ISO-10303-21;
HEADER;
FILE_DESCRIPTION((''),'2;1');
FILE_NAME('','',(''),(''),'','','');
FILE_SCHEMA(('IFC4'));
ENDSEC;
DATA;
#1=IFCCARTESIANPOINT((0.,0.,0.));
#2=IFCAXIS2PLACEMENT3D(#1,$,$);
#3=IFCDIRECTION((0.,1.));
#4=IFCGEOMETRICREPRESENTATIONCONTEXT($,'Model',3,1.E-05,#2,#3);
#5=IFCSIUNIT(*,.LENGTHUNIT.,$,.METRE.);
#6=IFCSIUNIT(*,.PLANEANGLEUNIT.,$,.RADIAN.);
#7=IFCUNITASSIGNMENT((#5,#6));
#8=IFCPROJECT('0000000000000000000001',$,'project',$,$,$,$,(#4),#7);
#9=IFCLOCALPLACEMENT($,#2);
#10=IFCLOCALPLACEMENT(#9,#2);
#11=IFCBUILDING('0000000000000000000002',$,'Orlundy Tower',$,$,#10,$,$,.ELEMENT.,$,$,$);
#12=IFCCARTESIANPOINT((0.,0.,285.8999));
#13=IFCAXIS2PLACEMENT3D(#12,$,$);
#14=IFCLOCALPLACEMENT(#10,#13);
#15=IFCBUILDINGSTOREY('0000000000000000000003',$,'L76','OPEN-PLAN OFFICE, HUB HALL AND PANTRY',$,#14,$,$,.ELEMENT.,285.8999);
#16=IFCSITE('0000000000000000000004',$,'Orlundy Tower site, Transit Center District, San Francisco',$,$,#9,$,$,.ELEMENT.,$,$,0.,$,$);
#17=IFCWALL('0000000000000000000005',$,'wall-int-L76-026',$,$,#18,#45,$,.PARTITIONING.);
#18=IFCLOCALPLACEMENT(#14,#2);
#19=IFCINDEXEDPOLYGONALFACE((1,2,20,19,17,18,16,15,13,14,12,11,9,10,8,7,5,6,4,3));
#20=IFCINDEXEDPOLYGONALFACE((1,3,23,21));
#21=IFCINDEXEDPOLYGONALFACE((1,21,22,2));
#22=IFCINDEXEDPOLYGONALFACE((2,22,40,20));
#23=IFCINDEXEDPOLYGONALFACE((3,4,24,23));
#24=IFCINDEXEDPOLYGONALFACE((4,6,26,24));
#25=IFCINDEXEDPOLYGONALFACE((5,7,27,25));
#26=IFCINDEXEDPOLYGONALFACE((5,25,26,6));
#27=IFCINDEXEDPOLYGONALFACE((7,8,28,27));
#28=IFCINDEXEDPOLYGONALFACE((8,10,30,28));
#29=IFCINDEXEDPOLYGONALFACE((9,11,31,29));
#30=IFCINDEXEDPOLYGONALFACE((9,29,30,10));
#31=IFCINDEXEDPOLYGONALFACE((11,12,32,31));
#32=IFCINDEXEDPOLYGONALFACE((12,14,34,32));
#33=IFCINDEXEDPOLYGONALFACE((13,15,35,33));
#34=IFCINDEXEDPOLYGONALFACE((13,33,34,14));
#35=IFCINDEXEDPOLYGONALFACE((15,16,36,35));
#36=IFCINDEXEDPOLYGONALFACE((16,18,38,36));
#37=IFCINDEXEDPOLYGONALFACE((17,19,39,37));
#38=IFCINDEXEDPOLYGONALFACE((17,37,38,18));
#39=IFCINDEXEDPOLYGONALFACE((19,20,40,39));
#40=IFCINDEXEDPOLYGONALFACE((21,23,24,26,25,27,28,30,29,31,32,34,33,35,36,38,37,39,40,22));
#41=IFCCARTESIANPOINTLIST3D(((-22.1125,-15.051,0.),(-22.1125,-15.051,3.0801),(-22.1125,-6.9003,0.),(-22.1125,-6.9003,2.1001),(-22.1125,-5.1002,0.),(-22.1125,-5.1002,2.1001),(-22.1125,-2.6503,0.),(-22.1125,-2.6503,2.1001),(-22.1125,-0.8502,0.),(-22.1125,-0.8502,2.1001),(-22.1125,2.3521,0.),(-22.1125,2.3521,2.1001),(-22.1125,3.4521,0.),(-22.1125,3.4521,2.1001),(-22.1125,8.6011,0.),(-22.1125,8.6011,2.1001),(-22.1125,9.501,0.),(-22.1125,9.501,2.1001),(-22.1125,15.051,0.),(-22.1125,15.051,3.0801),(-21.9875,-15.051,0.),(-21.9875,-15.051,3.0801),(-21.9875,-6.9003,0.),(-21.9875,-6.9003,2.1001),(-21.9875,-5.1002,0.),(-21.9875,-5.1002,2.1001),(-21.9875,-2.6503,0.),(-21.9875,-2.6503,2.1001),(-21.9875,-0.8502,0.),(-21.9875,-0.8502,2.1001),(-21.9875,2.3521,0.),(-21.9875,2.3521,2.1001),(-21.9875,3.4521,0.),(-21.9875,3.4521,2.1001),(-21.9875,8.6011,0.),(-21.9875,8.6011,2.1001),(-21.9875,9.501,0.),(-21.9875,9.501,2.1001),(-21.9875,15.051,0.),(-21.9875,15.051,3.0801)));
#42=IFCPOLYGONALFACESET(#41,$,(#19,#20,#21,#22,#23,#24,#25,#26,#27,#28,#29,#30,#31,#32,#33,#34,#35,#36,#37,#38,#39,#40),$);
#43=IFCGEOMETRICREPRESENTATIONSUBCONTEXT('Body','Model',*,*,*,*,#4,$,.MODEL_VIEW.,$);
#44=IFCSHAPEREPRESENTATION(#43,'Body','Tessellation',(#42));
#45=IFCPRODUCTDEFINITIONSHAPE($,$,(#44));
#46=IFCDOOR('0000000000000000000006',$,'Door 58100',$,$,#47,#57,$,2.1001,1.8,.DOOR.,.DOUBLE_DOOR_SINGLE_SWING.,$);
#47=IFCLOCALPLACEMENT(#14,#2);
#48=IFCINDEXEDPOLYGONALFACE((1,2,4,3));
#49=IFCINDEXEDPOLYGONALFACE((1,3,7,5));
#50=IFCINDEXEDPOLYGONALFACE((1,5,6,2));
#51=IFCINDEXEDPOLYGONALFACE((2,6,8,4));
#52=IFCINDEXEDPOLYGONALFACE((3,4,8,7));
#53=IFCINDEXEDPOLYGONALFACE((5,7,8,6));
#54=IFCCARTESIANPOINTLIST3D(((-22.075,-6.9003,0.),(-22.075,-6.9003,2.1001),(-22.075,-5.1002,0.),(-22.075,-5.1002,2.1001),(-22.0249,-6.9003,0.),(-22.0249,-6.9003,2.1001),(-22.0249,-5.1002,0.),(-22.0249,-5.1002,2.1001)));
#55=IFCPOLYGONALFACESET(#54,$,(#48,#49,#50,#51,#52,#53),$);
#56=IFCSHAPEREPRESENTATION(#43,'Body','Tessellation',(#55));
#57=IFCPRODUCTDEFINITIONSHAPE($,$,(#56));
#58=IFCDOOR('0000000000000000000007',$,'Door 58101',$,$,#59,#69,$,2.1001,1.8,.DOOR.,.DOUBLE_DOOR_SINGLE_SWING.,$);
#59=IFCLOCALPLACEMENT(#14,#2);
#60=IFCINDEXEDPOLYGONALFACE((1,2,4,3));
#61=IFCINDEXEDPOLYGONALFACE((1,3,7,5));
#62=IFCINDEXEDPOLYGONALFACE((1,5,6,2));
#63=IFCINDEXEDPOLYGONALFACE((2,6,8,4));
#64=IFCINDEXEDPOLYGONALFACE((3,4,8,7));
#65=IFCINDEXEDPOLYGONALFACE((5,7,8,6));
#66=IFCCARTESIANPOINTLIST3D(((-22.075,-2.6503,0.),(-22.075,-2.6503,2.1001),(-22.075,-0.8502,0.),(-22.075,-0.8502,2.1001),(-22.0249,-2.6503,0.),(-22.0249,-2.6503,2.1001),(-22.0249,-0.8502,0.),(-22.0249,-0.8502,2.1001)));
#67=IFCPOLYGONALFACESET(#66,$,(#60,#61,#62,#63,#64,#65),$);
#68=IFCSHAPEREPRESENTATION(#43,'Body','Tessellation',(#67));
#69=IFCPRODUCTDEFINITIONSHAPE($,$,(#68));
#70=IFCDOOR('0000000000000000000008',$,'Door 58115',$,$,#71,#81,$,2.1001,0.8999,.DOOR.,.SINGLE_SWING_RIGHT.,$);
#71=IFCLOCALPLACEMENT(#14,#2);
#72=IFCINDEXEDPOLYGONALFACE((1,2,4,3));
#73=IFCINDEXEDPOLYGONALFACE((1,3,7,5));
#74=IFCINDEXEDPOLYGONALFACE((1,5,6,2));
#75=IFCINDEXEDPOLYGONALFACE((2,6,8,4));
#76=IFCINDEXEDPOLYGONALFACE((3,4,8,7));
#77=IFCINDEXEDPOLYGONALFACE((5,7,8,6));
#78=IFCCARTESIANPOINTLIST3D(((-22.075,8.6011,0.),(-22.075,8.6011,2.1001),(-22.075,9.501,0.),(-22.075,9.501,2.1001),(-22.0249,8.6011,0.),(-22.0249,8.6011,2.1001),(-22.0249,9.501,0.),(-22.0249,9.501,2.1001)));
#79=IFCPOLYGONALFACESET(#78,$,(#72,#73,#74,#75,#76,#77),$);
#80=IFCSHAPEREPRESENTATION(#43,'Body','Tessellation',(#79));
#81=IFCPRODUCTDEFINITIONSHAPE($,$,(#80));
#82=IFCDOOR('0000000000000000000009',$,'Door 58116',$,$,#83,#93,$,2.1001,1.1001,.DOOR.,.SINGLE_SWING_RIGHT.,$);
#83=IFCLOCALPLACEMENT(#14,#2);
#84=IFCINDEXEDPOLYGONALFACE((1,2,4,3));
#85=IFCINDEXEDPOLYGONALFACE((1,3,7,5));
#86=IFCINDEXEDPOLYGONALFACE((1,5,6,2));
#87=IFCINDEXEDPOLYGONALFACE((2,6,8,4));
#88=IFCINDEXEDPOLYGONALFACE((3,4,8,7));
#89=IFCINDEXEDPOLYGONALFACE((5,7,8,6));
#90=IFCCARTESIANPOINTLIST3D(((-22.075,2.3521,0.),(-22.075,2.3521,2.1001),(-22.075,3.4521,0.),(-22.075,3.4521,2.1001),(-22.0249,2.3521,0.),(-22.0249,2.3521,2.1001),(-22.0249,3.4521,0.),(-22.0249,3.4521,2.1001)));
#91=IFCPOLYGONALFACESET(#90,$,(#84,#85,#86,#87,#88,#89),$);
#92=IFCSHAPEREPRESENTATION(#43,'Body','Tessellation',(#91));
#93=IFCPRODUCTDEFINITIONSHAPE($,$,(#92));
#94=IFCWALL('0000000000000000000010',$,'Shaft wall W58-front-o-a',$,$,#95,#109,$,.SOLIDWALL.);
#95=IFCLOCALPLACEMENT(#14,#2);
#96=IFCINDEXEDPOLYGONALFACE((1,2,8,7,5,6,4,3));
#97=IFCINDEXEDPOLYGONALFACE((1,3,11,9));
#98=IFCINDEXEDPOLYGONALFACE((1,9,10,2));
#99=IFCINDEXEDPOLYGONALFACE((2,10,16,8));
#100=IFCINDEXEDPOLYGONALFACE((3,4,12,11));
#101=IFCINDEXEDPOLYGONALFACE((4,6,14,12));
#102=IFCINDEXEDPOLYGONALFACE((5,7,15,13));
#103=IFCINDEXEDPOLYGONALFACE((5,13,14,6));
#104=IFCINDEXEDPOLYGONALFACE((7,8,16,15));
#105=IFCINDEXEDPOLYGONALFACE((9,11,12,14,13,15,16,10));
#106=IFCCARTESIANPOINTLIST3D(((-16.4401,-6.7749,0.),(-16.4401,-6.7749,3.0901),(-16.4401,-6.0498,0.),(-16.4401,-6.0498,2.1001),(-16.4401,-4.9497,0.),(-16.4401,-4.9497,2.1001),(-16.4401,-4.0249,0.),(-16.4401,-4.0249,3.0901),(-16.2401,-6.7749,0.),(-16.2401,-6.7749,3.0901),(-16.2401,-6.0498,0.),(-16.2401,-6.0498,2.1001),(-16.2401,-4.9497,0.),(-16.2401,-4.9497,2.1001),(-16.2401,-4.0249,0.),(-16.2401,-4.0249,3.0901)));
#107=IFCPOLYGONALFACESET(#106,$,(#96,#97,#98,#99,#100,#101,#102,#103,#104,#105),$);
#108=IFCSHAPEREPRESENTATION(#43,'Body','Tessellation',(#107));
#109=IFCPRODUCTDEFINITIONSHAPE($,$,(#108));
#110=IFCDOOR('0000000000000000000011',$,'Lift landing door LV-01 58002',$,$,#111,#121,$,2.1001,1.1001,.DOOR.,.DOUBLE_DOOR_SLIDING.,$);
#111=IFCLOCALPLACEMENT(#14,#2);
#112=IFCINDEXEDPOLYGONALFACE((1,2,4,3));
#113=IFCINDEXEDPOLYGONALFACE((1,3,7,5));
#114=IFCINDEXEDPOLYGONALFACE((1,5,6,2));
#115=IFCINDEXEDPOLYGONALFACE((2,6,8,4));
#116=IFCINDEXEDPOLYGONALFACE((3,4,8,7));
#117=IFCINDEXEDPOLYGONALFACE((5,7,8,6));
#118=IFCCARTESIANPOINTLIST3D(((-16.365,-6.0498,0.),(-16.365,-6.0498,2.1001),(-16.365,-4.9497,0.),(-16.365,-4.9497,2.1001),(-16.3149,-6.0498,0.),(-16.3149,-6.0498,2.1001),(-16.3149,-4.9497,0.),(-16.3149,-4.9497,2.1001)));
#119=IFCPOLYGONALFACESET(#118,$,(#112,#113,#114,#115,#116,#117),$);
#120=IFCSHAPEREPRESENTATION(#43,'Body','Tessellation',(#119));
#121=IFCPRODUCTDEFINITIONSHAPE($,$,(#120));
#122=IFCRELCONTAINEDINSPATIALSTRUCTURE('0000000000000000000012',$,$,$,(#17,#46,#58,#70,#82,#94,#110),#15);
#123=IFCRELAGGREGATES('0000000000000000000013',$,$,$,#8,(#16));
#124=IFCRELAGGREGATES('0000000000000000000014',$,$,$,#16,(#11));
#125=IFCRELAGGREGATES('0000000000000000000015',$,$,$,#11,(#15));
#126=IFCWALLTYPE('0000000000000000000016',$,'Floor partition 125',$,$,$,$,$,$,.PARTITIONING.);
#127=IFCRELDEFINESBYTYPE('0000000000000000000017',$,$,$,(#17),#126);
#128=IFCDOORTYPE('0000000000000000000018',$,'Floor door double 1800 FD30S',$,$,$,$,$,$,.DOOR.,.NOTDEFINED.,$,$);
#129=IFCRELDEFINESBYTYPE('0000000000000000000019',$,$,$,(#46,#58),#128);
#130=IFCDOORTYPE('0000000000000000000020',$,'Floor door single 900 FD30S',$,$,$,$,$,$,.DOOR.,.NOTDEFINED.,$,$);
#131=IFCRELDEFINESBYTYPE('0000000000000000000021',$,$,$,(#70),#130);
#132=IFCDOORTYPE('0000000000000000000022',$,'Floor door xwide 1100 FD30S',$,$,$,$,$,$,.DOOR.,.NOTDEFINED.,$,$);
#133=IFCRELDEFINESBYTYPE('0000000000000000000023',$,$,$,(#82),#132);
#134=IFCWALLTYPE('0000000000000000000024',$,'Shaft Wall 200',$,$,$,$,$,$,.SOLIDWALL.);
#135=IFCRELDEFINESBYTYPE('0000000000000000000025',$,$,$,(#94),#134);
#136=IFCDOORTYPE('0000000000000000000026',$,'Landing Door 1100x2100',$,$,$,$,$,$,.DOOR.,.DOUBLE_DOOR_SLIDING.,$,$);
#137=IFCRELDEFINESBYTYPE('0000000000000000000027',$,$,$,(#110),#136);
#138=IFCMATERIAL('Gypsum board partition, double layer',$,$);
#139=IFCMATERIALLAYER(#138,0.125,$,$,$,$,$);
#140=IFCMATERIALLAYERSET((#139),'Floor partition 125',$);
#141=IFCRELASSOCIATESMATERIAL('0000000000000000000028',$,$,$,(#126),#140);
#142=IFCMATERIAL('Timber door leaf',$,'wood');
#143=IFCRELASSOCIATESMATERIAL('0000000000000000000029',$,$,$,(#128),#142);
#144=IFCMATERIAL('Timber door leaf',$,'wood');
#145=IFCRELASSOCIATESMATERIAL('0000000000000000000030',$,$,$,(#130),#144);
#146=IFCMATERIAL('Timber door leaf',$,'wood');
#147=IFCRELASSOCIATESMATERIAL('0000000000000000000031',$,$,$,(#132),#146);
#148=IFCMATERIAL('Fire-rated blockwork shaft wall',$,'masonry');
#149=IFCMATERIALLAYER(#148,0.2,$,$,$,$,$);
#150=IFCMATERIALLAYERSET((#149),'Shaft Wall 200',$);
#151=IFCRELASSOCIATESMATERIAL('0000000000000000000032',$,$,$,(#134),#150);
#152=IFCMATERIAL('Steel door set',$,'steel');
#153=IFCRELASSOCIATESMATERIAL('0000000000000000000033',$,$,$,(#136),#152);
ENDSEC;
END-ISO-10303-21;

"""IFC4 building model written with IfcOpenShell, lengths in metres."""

from ifc_helpers import new_model, si_unit, direction, frame, frame_2d, origin, place, context, subcontext, project, spatial, rectangle, extrude, material, layer, layer_set, type_object, element, fill, save


model = new_model("IFC4")

# Units and contexts
model_context = context("Model", 3, precision=1e-05, world=origin(), true_north=direction((0.0, 1.0)))
body_context = subcontext(model_context, "Body", "Model", "MODEL_VIEW")
ifc_project = project(units=[si_unit("LENGTHUNIT", "METRE"), si_unit("PLANEANGLEUNIT", "RADIAN")], contexts=[model_context])

# Site, building, storey
site_placement = place(None, origin())
site = spatial("IfcSite", under=ifc_project, at=site_placement, Name="Orlundy Tower site, Transit Center District, San Francisco", CompositionType="ELEMENT", RefElevation=0.0)
building_placement = place(site_placement, origin())
building = spatial("IfcBuilding", under=site, at=building_placement, Name="Orlundy Tower", CompositionType="ELEMENT")
storey_placement = place(building_placement, frame((0.0, 0.0, 285.8999)))
storey = spatial("IfcBuildingStorey", under=building, at=storey_placement, Name="L76", Description="OPEN-PLAN OFFICE, HUB HALL AND PANTRY", CompositionType="ELEMENT", Elevation=285.8999)

# Wall, openings, doors
ifc_material_1 = material(Name="Gypsum board partition, double layer")
ifc_layer_1 = layer(ifc_material_1, 0.125)
ifc_layer_set_1 = layer_set([ifc_layer_1], Name="Floor partition 125")
wall_type_1 = type_object("IfcWallType", Name="Floor partition 125", PredefinedType="PARTITIONING", material=ifc_layer_set_1)
wall_1_placement = place(storey_placement, frame((-22.05, -15.051, 0.0), z_axis=(0.0, 0.0, 1.0), x_axis=(0.0, 1.0, 0.0)))
wall_1 = element("IfcWall", 1, at=wall_1_placement, inside=storey, type_object=wall_type_1, Name="wall-int-L76-026", PredefinedType="PARTITIONING", context=body_context, shape_type="SweptSolid", body=[
    extrude(rectangle(XDim=30.1021, YDim=0.125, at=frame_2d((15.051, 0.0))), origin(), (0.0, 0.0, 1.0), 3.0801),
])
opening_1_placement = place(wall_1_placement, frame((8.1509, 0.0, 0.0)))
opening_1 = element("IfcOpeningElement", 2, at=opening_1_placement, cuts=wall_1, PredefinedType="OPENING", context=body_context, shape_type="SweptSolid", body=[
    extrude(rectangle(XDim=1.8, YDim=2.1001, at=frame_2d((0.8999, 1.05))), frame((0.0, 0.0725, 0.0), z_axis=(0.0, -1.0, 0.0), x_axis=(1.0, 0.0, 0.0)), (0.0, 0.0, 1.0), 0.145),
])
opening_2_placement = place(wall_1_placement, frame((12.4009, 0.0, 0.0)))
opening_2 = element("IfcOpeningElement", 3, at=opening_2_placement, cuts=wall_1, PredefinedType="OPENING", context=body_context, shape_type="SweptSolid", body=[
    extrude(rectangle(XDim=1.8, YDim=2.1001, at=frame_2d((0.8999, 1.05))), frame((0.0, 0.0725, 0.0), z_axis=(0.0, -1.0, 0.0), x_axis=(1.0, 0.0, 0.0)), (0.0, 0.0, 1.0), 0.145),
])
opening_3_placement = place(wall_1_placement, frame((23.6521, 0.0, 0.0)))
opening_3 = element("IfcOpeningElement", 4, at=opening_3_placement, cuts=wall_1, PredefinedType="OPENING", context=body_context, shape_type="SweptSolid", body=[
    extrude(rectangle(XDim=0.8999, YDim=2.1001, at=frame_2d((0.45, 1.05))), frame((0.0, 0.0725, 0.0), z_axis=(0.0, -1.0, 0.0), x_axis=(1.0, 0.0, 0.0)), (0.0, 0.0, 1.0), 0.145),
])
opening_4_placement = place(wall_1_placement, frame((17.4031, 0.0, 0.0)))
opening_4 = element("IfcOpeningElement", 5, at=opening_4_placement, cuts=wall_1, PredefinedType="OPENING", context=body_context, shape_type="SweptSolid", body=[
    extrude(rectangle(XDim=1.1001, YDim=2.1001, at=frame_2d((0.55, 1.05))), frame((0.0, 0.0725, 0.0), z_axis=(0.0, -1.0, 0.0), x_axis=(1.0, 0.0, 0.0)), (0.0, 0.0, 1.0), 0.145),
])
ifc_material_2 = material(Name="Timber door leaf", Category="wood")
door_type_1 = type_object("IfcDoorType", Name="Floor door double 1800 FD30S", OperationType="NOTDEFINED", PredefinedType="DOOR", material=ifc_material_2)
door_1_placement = place(opening_1_placement, origin())
door_1 = element("IfcDoor", 6, at=door_1_placement, inside=storey, type_object=door_type_1, Name="Door 58100", OperationType="DOUBLE_DOOR_SINGLE_SWING", OverallHeight=2.1001, OverallWidth=1.8, PredefinedType="DOOR", context=body_context, shape_type="SweptSolid", body=[
    extrude(rectangle(XDim=1.8, YDim=2.1001, at=frame_2d((0.8999, 1.05))), frame((0.0, 0.0249, 0.0), z_axis=(0.0, -1.0, 0.0), x_axis=(1.0, 0.0, 0.0)), (0.0, 0.0, 1.0), 0.05),
])
fill(opening_1, door_1)
door_2_placement = place(opening_2_placement, origin())
door_2 = element("IfcDoor", 7, at=door_2_placement, inside=storey, type_object=door_type_1, Name="Door 58101", OperationType="DOUBLE_DOOR_SINGLE_SWING", OverallHeight=2.1001, OverallWidth=1.8, PredefinedType="DOOR", context=body_context, shape_type="SweptSolid", body=[
    extrude(rectangle(XDim=1.8, YDim=2.1001, at=frame_2d((0.8999, 1.05))), frame((0.0, 0.0249, 0.0), z_axis=(0.0, -1.0, 0.0), x_axis=(1.0, 0.0, 0.0)), (0.0, 0.0, 1.0), 0.05),
])
fill(opening_2, door_2)
ifc_material_3 = material(Name="Timber door leaf", Category="wood")
door_type_2 = type_object("IfcDoorType", Name="Floor door single 900 FD30S", OperationType="NOTDEFINED", PredefinedType="DOOR", material=ifc_material_3)
door_3_placement = place(opening_3_placement, origin())
door_3 = element("IfcDoor", 8, at=door_3_placement, inside=storey, type_object=door_type_2, Name="Door 58115", OperationType="SINGLE_SWING_RIGHT", OverallHeight=2.1001, OverallWidth=0.8999, PredefinedType="DOOR", context=body_context, shape_type="SweptSolid", body=[
    extrude(rectangle(XDim=0.8999, YDim=2.1001, at=frame_2d((0.45, 1.05))), frame((0.0, 0.0249, 0.0), z_axis=(0.0, -1.0, 0.0), x_axis=(1.0, 0.0, 0.0)), (0.0, 0.0, 1.0), 0.05),
])
fill(opening_3, door_3)
ifc_material_4 = material(Name="Timber door leaf", Category="wood")
door_type_3 = type_object("IfcDoorType", Name="Floor door xwide 1100 FD30S", OperationType="NOTDEFINED", PredefinedType="DOOR", material=ifc_material_4)
door_4_placement = place(opening_4_placement, origin())
door_4 = element("IfcDoor", 9, at=door_4_placement, inside=storey, type_object=door_type_3, Name="Door 58116", OperationType="SINGLE_SWING_RIGHT", OverallHeight=2.1001, OverallWidth=1.1001, PredefinedType="DOOR", context=body_context, shape_type="SweptSolid", body=[
    extrude(rectangle(XDim=1.1001, YDim=2.1001, at=frame_2d((0.55, 1.05))), frame((0.0, 0.0249, 0.0), z_axis=(0.0, -1.0, 0.0), x_axis=(1.0, 0.0, 0.0)), (0.0, 0.0, 1.0), 0.05),
])
fill(opening_4, door_4)

# Wall, opening, door
ifc_material_5 = material(Name="Fire-rated blockwork shaft wall", Category="masonry")
ifc_layer_2 = layer(ifc_material_5, 0.2)
ifc_layer_set_2 = layer_set([ifc_layer_2], Name="Shaft Wall 200")
wall_type_2 = type_object("IfcWallType", Name="Shaft Wall 200", PredefinedType="SOLIDWALL", material=ifc_layer_set_2)
wall_2_placement = place(storey_placement, frame((-16.3401, -6.7749, 0.0), z_axis=(0.0, 0.0, 1.0), x_axis=(0.0, 1.0, 0.0)))
wall_2 = element("IfcWall", 10, at=wall_2_placement, inside=storey, type_object=wall_type_2, Name="Shaft wall W58-front-o-a", PredefinedType="SOLIDWALL", context=body_context, shape_type="SweptSolid", body=[
    extrude(rectangle(XDim=2.75, YDim=0.2, at=frame_2d((1.375, 0.0))), origin(), (0.0, 0.0, 1.0), 3.0901),
])
opening_5_placement = place(wall_2_placement, frame((0.7251, 0.0, 0.0)))
opening_5 = element("IfcOpeningElement", 11, at=opening_5_placement, cuts=wall_2, PredefinedType="OPENING", context=body_context, shape_type="SweptSolid", body=[
    extrude(rectangle(XDim=1.1001, YDim=2.1001, at=frame_2d((0.55, 1.05))), frame((0.0, 0.1101, 0.0), z_axis=(0.0, -1.0, 0.0), x_axis=(1.0, 0.0, 0.0)), (0.0, 0.0, 1.0), 0.2202),
])
ifc_material_6 = material(Name="Steel door set", Category="steel")
door_type_4 = type_object("IfcDoorType", Name="Landing Door 1100x2100", OperationType="DOUBLE_DOOR_SLIDING", PredefinedType="DOOR", material=ifc_material_6)
door_5_placement = place(opening_5_placement, origin())
door_5 = element("IfcDoor", 12, at=door_5_placement, inside=storey, type_object=door_type_4, Name="Lift landing door LV-01 58002", OperationType="DOUBLE_DOOR_SLIDING", OverallHeight=2.1001, OverallWidth=1.1001, PredefinedType="DOOR", context=body_context, shape_type="SweptSolid", body=[
    extrude(rectangle(XDim=1.1001, YDim=2.1001, at=frame_2d((0.55, 1.05))), frame((0.0, 0.0249, 0.0), z_axis=(0.0, -1.0, 0.0), x_axis=(1.0, 0.0, 0.0)), (0.0, 0.0, 1.0), 0.05),
])
fill(opening_5, door_5)

save(model, "model.ifc")
